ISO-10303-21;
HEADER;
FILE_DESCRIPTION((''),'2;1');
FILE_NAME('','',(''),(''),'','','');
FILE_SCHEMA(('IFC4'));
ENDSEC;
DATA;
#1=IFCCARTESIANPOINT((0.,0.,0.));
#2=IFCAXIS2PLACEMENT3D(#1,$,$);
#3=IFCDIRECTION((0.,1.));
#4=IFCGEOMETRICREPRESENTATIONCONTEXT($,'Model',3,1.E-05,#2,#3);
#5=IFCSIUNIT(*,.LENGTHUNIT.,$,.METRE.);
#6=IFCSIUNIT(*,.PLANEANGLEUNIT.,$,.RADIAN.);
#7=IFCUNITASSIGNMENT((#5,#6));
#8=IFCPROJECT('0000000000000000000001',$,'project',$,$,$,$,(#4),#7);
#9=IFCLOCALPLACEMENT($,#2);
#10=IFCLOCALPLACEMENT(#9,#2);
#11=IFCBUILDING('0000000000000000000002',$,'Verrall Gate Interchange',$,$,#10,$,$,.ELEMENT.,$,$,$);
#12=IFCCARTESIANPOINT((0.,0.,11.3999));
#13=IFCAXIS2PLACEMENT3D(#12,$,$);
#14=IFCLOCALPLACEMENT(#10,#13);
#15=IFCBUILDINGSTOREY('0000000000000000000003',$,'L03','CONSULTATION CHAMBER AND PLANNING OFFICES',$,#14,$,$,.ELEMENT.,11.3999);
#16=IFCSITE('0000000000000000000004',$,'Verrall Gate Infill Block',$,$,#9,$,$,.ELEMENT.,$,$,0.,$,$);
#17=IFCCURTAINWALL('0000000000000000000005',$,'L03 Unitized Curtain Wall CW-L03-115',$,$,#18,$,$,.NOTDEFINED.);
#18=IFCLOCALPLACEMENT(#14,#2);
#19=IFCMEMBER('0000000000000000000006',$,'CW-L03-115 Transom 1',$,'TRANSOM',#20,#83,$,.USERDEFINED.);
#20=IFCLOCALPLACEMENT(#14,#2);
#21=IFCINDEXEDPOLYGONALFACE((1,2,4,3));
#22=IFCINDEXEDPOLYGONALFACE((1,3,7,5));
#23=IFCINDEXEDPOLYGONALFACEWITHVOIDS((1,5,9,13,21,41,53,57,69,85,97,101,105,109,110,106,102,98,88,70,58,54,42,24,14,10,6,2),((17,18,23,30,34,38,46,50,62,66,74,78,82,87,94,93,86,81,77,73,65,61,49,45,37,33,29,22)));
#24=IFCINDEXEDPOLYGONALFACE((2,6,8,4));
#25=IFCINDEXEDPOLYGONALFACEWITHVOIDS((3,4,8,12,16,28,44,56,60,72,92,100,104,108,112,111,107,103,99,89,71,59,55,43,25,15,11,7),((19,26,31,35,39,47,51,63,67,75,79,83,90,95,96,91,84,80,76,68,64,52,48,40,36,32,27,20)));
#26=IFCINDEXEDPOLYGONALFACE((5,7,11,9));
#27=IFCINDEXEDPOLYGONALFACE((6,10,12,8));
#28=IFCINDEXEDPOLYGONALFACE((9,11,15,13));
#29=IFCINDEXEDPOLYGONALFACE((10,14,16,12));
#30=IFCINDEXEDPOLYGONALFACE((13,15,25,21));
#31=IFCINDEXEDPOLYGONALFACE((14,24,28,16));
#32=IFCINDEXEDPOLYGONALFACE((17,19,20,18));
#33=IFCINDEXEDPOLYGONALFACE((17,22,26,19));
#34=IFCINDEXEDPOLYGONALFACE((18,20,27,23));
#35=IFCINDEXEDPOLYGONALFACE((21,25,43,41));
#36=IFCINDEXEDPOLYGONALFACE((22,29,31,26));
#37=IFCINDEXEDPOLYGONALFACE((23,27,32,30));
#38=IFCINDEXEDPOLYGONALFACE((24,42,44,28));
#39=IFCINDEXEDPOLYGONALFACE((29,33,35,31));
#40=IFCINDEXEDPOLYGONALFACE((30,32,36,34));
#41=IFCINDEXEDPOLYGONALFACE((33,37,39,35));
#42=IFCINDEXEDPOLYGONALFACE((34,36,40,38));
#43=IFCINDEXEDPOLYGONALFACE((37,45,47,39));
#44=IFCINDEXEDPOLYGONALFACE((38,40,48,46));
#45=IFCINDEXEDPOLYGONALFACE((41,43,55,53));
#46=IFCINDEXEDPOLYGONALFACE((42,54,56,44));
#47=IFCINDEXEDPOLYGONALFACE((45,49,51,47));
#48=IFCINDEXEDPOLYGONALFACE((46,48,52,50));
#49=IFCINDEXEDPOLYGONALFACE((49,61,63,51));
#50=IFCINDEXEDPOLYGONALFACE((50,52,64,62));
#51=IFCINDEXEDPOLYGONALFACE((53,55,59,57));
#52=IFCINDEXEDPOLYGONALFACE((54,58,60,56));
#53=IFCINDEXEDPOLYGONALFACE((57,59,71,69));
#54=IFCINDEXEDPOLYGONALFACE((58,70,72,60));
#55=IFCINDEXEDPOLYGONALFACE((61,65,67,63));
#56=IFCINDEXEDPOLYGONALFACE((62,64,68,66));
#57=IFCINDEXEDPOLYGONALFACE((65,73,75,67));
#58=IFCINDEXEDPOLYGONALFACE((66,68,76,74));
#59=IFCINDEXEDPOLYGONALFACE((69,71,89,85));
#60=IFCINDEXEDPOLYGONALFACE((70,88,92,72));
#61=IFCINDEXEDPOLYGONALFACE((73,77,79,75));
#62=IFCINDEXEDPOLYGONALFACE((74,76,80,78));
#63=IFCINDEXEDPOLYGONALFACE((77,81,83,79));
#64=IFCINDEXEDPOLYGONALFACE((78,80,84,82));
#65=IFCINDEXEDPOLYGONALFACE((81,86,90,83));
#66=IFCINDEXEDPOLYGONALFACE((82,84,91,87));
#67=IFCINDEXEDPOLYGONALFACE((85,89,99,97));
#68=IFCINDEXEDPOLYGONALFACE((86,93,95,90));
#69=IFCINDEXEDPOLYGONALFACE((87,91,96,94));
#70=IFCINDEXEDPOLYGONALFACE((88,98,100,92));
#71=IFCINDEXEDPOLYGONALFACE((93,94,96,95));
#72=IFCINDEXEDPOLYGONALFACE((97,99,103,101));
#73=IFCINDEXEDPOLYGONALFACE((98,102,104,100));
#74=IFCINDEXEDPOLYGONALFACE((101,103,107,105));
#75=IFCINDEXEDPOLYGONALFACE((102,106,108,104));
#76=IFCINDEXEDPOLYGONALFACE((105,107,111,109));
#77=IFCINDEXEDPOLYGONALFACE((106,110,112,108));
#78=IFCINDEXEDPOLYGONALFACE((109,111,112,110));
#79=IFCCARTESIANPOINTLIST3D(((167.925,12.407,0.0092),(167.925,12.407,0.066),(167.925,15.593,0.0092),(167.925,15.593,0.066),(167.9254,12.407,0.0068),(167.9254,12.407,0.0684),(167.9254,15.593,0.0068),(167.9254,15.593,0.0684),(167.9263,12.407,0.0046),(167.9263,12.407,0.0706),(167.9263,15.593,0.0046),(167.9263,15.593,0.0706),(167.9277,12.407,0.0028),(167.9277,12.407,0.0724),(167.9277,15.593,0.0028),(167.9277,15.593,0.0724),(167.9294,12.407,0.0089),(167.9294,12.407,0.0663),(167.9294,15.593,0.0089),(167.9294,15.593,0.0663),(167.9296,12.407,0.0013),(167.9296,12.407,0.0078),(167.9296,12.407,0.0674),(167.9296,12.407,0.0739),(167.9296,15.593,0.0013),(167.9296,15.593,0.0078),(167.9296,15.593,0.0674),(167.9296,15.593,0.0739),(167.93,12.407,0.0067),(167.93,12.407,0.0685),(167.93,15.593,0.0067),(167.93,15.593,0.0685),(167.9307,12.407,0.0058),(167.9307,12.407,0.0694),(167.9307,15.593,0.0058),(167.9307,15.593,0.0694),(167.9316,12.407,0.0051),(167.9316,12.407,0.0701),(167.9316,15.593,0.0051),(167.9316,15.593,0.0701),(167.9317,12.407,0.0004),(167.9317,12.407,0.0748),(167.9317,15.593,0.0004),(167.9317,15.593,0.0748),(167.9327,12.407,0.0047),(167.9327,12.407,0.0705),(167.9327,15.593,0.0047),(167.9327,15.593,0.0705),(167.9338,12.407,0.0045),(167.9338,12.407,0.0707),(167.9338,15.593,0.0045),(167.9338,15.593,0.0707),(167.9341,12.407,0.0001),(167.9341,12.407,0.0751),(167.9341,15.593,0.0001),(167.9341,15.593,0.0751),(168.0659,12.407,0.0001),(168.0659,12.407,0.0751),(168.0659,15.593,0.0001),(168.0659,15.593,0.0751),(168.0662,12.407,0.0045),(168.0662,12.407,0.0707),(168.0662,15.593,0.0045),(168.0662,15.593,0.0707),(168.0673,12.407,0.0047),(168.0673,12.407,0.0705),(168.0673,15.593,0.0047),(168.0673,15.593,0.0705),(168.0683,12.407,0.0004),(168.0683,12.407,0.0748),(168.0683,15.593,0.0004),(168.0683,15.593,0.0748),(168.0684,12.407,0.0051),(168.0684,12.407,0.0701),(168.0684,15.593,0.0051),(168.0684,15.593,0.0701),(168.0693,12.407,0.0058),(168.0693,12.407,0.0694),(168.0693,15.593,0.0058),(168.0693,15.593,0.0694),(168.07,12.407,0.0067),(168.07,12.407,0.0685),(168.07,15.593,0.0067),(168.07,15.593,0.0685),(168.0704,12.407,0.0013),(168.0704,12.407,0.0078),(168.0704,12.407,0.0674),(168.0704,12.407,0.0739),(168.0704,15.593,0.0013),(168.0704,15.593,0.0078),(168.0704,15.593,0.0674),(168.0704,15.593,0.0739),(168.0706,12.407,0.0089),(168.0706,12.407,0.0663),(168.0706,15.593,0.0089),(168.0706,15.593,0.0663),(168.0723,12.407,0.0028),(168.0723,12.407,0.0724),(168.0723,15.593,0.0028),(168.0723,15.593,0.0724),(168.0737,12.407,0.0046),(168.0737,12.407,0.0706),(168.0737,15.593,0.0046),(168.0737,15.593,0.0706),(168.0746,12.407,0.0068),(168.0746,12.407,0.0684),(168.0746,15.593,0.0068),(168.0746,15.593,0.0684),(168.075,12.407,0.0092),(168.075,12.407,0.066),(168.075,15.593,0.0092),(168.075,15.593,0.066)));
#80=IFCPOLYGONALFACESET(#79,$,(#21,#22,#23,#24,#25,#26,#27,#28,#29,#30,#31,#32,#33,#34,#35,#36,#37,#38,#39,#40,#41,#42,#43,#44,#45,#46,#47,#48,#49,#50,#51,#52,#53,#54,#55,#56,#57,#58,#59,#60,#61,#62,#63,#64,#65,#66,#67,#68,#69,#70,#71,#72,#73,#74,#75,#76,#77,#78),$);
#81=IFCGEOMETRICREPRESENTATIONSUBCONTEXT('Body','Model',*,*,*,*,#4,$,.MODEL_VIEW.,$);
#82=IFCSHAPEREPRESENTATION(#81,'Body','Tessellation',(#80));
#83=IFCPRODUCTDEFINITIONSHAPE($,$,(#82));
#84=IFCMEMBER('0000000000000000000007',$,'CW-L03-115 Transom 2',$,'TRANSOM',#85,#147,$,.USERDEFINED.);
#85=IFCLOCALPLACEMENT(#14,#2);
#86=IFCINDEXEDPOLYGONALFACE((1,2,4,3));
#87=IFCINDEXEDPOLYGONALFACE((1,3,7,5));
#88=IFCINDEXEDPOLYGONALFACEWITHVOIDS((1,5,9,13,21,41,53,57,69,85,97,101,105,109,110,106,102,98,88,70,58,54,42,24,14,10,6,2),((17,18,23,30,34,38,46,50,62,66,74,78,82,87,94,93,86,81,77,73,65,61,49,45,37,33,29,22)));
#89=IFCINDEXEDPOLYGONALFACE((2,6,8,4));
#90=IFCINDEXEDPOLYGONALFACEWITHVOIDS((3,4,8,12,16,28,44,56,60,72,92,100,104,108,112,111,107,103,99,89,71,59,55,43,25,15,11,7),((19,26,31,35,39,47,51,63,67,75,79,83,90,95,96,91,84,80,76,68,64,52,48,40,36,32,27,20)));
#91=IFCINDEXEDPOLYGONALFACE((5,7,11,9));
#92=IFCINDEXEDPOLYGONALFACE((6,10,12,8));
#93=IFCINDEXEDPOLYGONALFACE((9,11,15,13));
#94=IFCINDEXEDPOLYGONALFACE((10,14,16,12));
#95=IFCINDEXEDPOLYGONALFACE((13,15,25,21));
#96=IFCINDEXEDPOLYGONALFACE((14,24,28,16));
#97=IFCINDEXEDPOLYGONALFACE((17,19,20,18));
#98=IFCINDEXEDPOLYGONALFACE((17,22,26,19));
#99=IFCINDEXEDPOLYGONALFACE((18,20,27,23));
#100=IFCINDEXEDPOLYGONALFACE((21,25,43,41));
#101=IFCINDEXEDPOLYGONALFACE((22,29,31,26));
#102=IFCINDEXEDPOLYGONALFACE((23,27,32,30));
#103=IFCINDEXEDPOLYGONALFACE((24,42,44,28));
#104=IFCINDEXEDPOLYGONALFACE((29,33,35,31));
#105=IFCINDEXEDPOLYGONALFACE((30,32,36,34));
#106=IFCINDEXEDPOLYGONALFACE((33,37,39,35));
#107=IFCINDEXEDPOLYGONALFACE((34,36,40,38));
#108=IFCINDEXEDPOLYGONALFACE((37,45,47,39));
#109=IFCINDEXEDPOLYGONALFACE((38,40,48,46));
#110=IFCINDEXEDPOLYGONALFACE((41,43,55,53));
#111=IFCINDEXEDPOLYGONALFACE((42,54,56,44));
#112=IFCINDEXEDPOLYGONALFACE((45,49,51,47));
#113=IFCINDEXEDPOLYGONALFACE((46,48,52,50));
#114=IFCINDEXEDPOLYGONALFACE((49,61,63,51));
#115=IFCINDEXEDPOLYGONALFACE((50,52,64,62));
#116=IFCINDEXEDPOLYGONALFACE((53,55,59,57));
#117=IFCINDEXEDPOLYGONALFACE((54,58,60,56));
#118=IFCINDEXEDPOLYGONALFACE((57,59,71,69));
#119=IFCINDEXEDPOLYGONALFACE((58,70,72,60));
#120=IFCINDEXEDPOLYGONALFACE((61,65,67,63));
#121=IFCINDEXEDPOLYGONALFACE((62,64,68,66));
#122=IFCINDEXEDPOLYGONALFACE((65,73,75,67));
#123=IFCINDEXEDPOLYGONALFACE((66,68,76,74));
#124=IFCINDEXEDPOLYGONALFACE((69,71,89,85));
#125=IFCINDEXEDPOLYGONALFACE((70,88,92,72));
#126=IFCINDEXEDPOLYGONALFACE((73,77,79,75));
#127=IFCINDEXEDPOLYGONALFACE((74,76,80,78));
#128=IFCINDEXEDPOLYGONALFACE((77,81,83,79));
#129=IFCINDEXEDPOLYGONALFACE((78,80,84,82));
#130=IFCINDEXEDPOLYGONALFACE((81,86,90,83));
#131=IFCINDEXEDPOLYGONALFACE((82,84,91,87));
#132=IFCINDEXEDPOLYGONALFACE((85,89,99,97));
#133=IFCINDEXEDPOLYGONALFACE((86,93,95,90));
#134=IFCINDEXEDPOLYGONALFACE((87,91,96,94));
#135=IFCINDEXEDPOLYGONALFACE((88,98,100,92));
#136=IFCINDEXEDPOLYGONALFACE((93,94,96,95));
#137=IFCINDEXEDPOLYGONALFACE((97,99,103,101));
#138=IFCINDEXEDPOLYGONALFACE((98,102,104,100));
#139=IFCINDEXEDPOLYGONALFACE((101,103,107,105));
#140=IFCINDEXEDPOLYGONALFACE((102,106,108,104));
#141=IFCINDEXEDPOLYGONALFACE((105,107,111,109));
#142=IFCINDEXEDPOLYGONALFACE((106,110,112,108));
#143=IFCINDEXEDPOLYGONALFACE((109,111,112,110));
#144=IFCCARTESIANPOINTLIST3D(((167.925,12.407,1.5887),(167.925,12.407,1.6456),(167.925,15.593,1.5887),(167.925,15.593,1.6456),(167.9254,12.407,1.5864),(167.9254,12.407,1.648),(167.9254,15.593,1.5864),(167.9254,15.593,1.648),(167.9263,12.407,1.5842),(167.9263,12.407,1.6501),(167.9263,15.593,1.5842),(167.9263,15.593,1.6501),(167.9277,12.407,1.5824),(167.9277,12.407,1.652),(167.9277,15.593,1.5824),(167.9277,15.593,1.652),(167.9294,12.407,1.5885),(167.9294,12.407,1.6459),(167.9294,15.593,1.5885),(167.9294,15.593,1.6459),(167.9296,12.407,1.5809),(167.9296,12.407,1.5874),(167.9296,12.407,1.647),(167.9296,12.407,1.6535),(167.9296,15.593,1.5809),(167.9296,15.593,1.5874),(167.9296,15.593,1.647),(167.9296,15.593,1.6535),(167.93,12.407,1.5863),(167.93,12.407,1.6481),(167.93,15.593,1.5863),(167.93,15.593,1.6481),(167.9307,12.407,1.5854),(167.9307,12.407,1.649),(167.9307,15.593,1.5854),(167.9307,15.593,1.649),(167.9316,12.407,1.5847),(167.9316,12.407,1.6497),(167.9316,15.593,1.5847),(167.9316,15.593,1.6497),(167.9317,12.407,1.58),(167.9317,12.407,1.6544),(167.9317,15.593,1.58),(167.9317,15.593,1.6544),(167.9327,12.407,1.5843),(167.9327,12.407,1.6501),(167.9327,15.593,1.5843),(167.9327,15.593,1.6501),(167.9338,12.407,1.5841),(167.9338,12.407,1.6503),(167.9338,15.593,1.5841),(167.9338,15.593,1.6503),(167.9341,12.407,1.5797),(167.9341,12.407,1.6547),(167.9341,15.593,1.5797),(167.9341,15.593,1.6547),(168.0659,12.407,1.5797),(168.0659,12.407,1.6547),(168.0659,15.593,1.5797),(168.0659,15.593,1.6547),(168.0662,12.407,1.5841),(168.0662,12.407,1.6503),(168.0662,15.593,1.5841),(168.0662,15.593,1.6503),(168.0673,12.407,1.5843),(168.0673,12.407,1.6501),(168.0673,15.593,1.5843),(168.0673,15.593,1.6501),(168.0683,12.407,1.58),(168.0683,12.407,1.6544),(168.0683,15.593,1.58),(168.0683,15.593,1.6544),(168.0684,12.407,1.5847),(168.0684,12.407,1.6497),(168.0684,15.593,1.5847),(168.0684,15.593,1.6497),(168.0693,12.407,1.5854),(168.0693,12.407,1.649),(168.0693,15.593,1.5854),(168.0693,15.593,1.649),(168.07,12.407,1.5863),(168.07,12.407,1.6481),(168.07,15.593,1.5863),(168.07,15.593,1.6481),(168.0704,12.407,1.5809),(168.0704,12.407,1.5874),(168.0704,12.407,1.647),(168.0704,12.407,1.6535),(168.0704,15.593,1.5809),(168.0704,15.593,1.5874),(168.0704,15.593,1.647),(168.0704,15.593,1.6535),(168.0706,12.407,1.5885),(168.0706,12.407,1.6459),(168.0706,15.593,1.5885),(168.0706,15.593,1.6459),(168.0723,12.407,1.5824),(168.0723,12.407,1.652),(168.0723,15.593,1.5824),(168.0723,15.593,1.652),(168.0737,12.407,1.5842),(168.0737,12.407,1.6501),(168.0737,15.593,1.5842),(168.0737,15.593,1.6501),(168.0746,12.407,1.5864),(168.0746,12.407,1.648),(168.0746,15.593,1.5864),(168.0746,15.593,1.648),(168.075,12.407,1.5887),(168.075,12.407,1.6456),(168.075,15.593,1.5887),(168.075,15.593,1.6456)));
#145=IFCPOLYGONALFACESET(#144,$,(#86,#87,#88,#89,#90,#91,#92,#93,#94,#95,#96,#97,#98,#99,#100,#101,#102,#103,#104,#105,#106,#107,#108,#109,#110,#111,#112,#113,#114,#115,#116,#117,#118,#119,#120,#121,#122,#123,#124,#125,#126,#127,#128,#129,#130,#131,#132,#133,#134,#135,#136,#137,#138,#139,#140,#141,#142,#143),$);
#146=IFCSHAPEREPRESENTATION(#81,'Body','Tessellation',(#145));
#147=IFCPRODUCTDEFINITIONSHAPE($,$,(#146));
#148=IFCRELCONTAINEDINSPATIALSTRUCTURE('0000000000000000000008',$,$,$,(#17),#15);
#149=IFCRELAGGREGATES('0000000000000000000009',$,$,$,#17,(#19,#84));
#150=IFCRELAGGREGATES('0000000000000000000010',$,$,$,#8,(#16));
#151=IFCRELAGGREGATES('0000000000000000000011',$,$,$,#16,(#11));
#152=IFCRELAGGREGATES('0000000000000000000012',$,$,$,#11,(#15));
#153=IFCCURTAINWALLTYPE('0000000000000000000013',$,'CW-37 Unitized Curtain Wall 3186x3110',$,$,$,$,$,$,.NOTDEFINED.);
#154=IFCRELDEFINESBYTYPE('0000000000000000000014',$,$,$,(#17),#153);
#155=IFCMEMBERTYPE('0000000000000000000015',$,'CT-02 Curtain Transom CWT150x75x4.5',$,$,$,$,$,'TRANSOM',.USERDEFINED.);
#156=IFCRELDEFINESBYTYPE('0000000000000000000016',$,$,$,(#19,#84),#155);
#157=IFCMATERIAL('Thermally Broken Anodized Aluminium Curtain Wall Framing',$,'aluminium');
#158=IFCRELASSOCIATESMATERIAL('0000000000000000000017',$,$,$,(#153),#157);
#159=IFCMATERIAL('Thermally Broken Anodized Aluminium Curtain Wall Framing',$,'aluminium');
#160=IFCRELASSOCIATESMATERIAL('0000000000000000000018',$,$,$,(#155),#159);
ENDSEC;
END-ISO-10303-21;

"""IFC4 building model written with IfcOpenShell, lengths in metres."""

from ifc_helpers import new_model, si_unit, direction, frame, origin, origin_2d, place, context, subcontext, project, spatial, hollow_rectangle, extrude, material, material_profile, profile_set, type_object, element, aggregate, save


model = new_model("IFC4")

# Units and contexts
model_context = context("Model", 3, precision=1e-05, world=origin(), true_north=direction((0.0, 1.0)))
body_context = subcontext(model_context, "Body", "Model", "MODEL_VIEW")
ifc_project = project(units=[si_unit("LENGTHUNIT", "METRE"), si_unit("PLANEANGLEUNIT", "RADIAN")], contexts=[model_context])

# Site, building, storey
site_placement = place(None, origin())
site = spatial("IfcSite", under=ifc_project, at=site_placement, Name="Verrall Gate Infill Block", CompositionType="ELEMENT", RefElevation=0.0)
building_placement = place(site_placement, origin())
building = spatial("IfcBuilding", under=site, at=building_placement, Name="Verrall Gate Interchange", CompositionType="ELEMENT")
storey_placement = place(building_placement, frame((0.0, 0.0, 11.3999)))
storey = spatial("IfcBuildingStorey", under=building, at=storey_placement, Name="L03", Description="CONSULTATION CHAMBER AND PLANNING OFFICES", CompositionType="ELEMENT", Elevation=11.3999)

# Curtain wall
ifc_material_1 = material(Name="Thermally Broken Anodized Aluminium Curtain Wall Framing", Category="aluminium")
curtain_wall_type_1 = type_object("IfcCurtainWallType", Name="CW-37 Unitized Curtain Wall 3186x3110", PredefinedType="NOTDEFINED", material=ifc_material_1)
curtain_wall_1_placement = place(storey_placement, origin())
curtain_wall_1 = element("IfcCurtainWall", 1, at=curtain_wall_1_placement, inside=storey, type_object=curtain_wall_type_1, Name="L03 Unitized Curtain Wall CW-L03-115", PredefinedType="NOTDEFINED")

# Members
ifc_material_2 = material(Name="Thermally Broken Anodized Aluminium Curtain Wall Framing", Category="aluminium")
ifc_material_profile_1 = material_profile(ifc_material_2, hollow_rectangle(XDim=0.1499, YDim=0.075, WallThickness=0.0044, InnerFilletRadius=0.0044, OuterFilletRadius=0.009, at=origin_2d()), Name="CWT150x75x4.5")
ifc_profile_set_1 = profile_set([ifc_material_profile_1], Name="Thermally Broken Anodized Aluminium Curtain Wall Framing")
member_type_1 = type_object("IfcMemberType", Name="CT-02 Curtain Transom CWT150x75x4.5", ElementType="TRANSOM", PredefinedType="USERDEFINED", material=ifc_profile_set_1)
member_1_placement = place(storey_placement, frame((168.0, 12.407, 0.0376), z_axis=(0.0, 1.0, 0.0), x_axis=(-1.0, 0.0, 0.0)))
member_1 = element("IfcMember", 2, at=member_1_placement, type_object=member_type_1, Name="CW-L03-115 Transom 1", ObjectType="TRANSOM", PredefinedType="USERDEFINED", context=body_context, shape_type="SweptSolid", body=[
    extrude(hollow_rectangle(XDim=0.1499, YDim=0.075, WallThickness=0.0044, InnerFilletRadius=0.0044, OuterFilletRadius=0.009, at=origin_2d()), origin(), (0.0, 0.0, 1.0), 3.186),
])
member_2_placement = place(storey_placement, frame((168.0, 12.407, 1.6172), z_axis=(0.0, 1.0, 0.0), x_axis=(-1.0, 0.0, 0.0)))
member_2 = element("IfcMember", 3, at=member_2_placement, type_object=member_type_1, Name="CW-L03-115 Transom 2", ObjectType="TRANSOM", PredefinedType="USERDEFINED", context=body_context, shape_type="SweptSolid", body=[
    extrude(hollow_rectangle(XDim=0.1499, YDim=0.075, WallThickness=0.0044, InnerFilletRadius=0.0044, OuterFilletRadius=0.009, at=origin_2d()), origin(), (0.0, 0.0, 1.0), 3.186),
])
aggregate(curtain_wall_1, [member_1, member_2])

save(model, "model.ifc")
